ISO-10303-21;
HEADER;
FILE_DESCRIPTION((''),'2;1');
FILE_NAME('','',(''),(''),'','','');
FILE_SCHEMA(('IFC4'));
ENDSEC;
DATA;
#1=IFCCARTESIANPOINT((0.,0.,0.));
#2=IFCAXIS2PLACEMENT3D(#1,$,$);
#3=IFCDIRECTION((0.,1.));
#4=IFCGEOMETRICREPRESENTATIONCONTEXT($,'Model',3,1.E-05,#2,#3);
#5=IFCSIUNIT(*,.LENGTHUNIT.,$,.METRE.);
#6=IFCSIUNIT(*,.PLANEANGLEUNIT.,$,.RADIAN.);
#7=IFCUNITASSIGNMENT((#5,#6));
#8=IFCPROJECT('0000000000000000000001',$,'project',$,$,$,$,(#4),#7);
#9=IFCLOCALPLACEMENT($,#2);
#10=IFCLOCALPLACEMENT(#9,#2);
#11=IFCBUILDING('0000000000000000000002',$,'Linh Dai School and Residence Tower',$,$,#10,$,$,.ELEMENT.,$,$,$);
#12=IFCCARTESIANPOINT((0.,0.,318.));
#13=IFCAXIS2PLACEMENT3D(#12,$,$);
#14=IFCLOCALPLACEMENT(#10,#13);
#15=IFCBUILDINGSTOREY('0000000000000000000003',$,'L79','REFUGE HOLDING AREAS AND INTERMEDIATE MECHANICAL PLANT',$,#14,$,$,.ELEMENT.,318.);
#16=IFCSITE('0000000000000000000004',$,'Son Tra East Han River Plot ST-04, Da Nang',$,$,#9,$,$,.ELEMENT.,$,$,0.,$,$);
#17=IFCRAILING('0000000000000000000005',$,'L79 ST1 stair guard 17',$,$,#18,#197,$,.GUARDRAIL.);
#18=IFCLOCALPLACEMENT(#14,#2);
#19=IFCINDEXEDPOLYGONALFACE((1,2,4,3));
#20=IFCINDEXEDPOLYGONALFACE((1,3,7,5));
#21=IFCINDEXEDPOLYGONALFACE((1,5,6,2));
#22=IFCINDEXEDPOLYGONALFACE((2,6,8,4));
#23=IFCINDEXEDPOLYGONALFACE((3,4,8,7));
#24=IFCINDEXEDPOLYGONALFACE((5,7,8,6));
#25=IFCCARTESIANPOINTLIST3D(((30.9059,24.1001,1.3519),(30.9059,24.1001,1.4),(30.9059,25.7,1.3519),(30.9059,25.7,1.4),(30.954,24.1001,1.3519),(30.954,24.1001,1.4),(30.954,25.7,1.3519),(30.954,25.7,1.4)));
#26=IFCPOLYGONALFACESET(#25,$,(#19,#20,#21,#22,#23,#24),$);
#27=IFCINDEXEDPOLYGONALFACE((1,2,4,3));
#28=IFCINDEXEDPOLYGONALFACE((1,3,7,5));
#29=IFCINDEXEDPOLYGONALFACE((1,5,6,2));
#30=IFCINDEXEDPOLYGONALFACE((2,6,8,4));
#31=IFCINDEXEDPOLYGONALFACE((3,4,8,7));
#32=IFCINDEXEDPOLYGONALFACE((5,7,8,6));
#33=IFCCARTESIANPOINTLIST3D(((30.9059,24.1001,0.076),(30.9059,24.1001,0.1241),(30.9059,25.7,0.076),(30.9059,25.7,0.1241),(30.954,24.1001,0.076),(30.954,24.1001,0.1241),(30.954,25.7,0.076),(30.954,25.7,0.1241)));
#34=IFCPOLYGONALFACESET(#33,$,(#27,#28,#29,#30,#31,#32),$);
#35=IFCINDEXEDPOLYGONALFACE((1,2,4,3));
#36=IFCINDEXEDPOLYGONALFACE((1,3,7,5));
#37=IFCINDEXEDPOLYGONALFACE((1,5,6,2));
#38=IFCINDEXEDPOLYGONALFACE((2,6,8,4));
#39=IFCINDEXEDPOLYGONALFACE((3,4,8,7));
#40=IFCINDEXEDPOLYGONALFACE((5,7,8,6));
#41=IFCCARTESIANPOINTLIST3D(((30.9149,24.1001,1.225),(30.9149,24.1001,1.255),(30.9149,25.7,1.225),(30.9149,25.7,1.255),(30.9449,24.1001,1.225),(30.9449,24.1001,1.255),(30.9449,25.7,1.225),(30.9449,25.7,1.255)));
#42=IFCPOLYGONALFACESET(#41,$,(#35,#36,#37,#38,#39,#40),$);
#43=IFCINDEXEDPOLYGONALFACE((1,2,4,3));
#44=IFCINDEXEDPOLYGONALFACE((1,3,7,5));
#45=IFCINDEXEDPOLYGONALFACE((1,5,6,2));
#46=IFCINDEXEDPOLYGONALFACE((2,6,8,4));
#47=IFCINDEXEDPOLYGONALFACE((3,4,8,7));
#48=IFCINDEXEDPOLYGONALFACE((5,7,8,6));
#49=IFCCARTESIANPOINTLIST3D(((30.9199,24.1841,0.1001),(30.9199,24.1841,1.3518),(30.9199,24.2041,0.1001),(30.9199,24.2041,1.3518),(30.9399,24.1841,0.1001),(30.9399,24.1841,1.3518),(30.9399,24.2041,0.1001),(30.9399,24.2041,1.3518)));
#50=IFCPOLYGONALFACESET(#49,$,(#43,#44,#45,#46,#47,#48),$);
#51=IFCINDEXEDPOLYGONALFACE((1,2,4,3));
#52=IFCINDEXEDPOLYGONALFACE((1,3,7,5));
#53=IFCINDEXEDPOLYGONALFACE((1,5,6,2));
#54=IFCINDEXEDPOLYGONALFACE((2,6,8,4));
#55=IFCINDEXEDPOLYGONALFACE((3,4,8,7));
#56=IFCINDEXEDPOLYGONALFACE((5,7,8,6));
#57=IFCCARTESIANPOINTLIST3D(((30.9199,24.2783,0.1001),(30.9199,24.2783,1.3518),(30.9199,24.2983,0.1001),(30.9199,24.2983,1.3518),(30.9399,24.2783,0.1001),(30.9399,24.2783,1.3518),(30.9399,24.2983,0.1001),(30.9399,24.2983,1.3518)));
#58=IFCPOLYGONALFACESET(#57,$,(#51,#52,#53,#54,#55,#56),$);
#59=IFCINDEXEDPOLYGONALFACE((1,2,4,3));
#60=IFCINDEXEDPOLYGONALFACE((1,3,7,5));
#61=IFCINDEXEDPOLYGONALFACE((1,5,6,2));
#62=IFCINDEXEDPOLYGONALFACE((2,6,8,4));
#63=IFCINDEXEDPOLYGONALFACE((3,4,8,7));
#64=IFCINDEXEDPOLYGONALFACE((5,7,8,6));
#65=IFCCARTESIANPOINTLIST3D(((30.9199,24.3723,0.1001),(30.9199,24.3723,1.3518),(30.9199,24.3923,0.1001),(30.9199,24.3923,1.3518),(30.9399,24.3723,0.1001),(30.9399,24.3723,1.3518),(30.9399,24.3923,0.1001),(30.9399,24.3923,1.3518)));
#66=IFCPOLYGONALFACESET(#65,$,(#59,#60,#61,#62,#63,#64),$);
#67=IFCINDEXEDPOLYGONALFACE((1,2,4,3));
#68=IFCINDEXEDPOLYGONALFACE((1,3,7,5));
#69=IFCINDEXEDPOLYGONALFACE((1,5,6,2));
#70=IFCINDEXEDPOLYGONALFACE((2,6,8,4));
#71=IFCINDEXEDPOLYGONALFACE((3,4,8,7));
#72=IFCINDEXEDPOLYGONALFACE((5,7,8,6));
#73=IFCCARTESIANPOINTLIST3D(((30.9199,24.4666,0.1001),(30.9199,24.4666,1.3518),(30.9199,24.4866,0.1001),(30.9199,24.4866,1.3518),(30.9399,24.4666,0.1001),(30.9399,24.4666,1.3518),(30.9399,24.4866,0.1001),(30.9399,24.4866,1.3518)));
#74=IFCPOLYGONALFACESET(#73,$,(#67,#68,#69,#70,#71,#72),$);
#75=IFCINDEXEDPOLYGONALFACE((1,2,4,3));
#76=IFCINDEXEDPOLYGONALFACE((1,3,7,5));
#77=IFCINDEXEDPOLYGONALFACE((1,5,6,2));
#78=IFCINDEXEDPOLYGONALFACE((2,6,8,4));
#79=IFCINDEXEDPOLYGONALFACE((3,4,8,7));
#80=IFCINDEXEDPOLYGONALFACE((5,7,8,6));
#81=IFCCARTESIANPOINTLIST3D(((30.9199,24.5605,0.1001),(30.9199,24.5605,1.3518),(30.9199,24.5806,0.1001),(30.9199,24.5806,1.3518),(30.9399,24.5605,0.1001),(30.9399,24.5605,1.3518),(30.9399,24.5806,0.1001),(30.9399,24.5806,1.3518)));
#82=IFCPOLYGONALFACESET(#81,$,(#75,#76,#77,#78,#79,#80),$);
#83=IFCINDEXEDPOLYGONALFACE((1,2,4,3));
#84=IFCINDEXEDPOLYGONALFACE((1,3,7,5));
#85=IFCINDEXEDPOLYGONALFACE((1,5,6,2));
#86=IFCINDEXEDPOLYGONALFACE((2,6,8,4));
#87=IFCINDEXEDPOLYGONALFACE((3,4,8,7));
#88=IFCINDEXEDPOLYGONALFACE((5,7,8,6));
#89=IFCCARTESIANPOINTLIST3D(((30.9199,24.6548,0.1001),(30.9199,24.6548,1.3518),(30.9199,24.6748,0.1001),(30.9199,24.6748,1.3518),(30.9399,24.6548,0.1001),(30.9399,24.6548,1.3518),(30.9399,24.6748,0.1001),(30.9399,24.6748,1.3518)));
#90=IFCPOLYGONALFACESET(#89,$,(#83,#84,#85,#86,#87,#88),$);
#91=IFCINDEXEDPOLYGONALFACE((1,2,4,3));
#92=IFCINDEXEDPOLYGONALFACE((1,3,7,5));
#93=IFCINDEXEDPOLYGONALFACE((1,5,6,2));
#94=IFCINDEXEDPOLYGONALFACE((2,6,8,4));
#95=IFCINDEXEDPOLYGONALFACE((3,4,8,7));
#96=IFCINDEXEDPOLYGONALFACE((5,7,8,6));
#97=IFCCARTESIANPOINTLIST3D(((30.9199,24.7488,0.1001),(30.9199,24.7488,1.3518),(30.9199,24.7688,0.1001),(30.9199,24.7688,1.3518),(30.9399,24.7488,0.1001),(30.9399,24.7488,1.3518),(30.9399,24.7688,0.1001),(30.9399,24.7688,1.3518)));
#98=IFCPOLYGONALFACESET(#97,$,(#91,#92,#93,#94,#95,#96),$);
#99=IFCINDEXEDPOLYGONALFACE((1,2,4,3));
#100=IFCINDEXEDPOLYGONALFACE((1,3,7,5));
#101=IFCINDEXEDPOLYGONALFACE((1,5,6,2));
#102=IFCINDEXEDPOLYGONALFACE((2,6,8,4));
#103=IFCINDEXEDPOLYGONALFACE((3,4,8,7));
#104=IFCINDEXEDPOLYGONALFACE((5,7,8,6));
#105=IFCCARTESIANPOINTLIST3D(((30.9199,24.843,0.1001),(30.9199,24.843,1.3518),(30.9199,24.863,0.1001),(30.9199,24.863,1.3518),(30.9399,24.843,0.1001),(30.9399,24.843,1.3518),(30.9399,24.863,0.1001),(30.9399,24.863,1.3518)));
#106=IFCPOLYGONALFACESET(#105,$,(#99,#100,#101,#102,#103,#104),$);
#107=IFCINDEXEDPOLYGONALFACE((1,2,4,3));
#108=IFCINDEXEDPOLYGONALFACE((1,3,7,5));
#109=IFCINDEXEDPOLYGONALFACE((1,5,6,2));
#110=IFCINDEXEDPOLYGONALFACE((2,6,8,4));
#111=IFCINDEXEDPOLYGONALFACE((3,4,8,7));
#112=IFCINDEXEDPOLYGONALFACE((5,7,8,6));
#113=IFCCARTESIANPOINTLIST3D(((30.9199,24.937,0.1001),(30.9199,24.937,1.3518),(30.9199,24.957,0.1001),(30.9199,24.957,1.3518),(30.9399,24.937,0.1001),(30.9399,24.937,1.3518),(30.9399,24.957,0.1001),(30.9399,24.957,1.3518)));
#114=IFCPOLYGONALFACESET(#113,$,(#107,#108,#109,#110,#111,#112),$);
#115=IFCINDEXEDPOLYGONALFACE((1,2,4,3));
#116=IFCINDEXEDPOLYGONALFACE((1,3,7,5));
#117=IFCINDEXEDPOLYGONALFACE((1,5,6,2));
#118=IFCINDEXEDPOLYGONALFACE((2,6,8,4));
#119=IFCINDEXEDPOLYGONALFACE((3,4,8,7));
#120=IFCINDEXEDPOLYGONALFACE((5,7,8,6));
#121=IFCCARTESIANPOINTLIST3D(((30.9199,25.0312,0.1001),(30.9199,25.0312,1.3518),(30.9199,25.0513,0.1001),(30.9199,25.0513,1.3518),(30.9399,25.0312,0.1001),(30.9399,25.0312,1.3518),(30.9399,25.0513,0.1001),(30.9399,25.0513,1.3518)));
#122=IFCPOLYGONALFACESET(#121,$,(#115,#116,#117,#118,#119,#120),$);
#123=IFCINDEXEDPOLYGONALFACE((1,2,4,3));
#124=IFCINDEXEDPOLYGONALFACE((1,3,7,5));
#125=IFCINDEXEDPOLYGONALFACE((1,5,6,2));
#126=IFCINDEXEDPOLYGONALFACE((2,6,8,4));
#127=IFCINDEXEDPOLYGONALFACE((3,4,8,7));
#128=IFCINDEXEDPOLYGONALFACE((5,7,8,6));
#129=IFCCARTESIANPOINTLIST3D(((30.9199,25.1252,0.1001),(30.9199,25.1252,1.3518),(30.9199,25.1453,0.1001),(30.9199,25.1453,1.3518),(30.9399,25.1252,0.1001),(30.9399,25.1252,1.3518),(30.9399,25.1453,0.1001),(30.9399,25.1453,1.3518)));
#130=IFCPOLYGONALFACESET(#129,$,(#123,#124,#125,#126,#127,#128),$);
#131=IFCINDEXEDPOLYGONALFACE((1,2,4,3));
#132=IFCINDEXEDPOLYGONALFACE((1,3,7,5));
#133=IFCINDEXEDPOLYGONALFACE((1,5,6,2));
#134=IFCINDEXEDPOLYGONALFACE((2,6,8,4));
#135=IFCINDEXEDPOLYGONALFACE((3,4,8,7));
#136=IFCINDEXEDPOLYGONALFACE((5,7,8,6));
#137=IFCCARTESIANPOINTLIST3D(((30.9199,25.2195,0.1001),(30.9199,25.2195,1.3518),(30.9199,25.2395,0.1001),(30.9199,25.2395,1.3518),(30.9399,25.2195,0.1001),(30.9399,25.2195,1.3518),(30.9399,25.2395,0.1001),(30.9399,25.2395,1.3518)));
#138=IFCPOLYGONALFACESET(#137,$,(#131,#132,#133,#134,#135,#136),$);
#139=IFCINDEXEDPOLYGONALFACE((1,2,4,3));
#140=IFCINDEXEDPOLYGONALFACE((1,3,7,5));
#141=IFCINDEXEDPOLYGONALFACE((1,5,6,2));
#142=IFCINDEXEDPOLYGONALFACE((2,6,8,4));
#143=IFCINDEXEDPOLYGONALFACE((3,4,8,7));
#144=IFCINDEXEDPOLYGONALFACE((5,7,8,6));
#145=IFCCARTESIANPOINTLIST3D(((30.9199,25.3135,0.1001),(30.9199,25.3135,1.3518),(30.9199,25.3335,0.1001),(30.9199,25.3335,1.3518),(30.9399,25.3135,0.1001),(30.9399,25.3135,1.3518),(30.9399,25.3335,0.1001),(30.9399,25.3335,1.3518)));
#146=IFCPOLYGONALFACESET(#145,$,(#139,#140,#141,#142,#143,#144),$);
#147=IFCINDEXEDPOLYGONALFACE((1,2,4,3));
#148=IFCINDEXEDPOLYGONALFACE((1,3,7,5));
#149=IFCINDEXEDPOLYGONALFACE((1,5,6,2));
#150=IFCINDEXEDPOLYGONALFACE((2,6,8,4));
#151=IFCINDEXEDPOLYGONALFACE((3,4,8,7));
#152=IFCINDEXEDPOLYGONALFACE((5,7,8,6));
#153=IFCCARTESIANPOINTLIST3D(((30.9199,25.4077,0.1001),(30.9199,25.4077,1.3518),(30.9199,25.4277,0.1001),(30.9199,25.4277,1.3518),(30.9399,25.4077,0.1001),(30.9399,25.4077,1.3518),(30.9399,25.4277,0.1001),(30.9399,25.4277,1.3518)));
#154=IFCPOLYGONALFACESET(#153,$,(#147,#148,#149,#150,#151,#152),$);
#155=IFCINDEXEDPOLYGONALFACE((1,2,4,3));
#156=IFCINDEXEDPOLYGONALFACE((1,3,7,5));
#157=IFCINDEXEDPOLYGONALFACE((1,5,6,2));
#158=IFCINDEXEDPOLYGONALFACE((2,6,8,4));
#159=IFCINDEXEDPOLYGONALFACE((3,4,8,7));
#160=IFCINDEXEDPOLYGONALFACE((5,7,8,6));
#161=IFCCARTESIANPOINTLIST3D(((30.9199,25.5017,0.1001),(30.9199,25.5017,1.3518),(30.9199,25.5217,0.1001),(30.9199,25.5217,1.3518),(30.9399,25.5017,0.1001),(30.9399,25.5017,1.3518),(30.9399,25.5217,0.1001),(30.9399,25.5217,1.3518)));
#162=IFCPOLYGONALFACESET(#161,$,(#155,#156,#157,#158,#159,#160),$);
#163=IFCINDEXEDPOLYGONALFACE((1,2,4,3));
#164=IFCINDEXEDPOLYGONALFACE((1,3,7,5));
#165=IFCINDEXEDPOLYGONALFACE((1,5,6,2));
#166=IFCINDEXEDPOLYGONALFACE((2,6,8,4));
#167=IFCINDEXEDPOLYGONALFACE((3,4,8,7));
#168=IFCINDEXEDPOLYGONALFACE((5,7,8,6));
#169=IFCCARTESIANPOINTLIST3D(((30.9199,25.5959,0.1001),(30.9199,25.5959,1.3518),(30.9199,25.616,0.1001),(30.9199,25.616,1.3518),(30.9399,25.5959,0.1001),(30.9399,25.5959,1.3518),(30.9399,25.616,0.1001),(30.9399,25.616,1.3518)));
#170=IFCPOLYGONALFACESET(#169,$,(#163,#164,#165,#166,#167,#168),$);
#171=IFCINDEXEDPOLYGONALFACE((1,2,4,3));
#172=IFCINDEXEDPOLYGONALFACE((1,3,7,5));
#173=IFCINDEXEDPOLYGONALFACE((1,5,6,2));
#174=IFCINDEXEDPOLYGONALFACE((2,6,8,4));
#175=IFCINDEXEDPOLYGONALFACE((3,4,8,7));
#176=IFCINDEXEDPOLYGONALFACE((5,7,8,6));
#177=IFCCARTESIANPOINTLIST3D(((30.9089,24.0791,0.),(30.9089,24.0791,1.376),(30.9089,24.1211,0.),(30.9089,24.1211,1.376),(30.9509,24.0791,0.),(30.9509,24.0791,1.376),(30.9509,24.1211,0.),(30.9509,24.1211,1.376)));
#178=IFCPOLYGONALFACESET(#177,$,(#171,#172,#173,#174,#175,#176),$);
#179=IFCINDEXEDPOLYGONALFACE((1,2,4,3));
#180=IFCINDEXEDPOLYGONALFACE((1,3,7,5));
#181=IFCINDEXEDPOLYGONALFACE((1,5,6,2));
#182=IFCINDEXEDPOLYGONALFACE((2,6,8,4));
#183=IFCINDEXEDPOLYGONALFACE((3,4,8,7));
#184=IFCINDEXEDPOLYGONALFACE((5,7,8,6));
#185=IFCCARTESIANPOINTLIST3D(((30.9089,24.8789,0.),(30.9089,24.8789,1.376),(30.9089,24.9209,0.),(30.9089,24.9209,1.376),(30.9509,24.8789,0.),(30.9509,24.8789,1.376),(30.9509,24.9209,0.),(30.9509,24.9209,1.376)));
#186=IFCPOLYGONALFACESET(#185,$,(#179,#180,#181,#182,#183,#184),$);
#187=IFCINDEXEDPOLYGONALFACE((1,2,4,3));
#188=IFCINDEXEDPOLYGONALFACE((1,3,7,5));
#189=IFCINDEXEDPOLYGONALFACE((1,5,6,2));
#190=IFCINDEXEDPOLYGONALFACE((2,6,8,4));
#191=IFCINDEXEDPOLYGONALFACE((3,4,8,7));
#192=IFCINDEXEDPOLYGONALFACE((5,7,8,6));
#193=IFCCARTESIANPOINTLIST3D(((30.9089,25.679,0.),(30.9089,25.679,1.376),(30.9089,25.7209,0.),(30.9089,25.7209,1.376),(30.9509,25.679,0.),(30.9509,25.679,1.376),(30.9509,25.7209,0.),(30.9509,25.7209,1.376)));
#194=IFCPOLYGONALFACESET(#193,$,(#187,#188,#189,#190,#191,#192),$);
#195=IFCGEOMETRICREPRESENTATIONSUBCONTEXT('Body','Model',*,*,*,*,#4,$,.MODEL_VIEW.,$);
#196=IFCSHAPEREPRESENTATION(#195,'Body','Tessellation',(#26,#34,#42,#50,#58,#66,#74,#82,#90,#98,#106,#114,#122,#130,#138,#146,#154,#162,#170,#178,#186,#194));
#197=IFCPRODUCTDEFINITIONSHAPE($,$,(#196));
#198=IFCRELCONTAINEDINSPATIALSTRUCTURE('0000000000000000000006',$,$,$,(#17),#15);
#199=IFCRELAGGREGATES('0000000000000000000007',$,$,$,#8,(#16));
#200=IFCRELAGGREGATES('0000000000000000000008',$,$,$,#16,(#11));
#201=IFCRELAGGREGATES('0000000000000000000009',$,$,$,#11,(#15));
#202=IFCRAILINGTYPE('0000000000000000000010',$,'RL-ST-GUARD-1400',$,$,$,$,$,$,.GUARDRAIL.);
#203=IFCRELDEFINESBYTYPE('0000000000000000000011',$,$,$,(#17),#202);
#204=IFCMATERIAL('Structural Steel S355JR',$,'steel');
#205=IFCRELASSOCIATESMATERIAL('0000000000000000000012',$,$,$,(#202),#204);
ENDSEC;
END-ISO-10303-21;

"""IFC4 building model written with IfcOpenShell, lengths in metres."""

from ifc_helpers import new_model, si_unit, direction, frame, origin, origin_2d, place, context, subcontext, project, spatial, rectangle, extrude, source, transform, mapped, material, type_object, element, save


model = new_model("IFC4")

# Units and contexts
model_context = context("Model", 3, precision=1e-05, world=origin(), true_north=direction((0.0, 1.0)))
body_context = subcontext(model_context, "Body", "Model", "MODEL_VIEW")
ifc_project = project(units=[si_unit("LENGTHUNIT", "METRE"), si_unit("PLANEANGLEUNIT", "RADIAN")], contexts=[model_context])

# Site, building, storey
site_placement = place(None, origin())
site = spatial("IfcSite", under=ifc_project, at=site_placement, Name="Son Tra East Han River Plot ST-04, Da Nang", CompositionType="ELEMENT", RefElevation=0.0)
building_placement = place(site_placement, origin())
building = spatial("IfcBuilding", under=site, at=building_placement, Name="Linh Dai School and Residence Tower", CompositionType="ELEMENT")
storey_placement = place(building_placement, frame((0.0, 0.0, 318.0)))
storey = spatial("IfcBuildingStorey", under=building, at=storey_placement, Name="L79", Description="REFUGE HOLDING AREAS AND INTERMEDIATE MECHANICAL PLANT", CompositionType="ELEMENT", Elevation=318.0)

# Shared definitions
ifc_material_1 = material(Name="Structural Steel S355JR", Category="steel")

# Railing
railing_type_1 = type_object("IfcRailingType", Name="RL-ST-GUARD-1400", PredefinedType="GUARDRAIL", material=ifc_material_1)
shared_shape_1 = source(origin(), body_context, "Body", "SweptSolid", [
    extrude(rectangle(XDim=0.0481, YDim=0.0481, at=origin_2d()), frame((0.0, 0.0, 1.376), z_axis=(0.0, 1.0, 0.0), x_axis=(-1.0, 0.0, 0.0)), (0.0, 0.0, 1.0), 1.5999),
    extrude(rectangle(XDim=0.0481, YDim=0.0481, at=origin_2d()), frame((0.0, 0.0, 0.1001), z_axis=(0.0, 1.0, 0.0), x_axis=(-1.0, 0.0, 0.0)), (0.0, 0.0, 1.0), 1.5999),
    extrude(rectangle(XDim=0.03, YDim=0.03, at=origin_2d()), frame((0.0, 0.0, 1.24), z_axis=(0.0, 1.0, 0.0), x_axis=(-1.0, 0.0, 0.0)), (0.0, 0.0, 1.0), 1.5999),
    extrude(rectangle(XDim=0.02, YDim=0.02, at=origin_2d()), frame((0.0, 0.094, 0.1001)), (0.0, 0.0, 1.0), 1.2517),
    extrude(rectangle(XDim=0.02, YDim=0.02, at=origin_2d()), frame((0.0, 0.1882, 0.1001)), (0.0, 0.0, 1.0), 1.2517),
    extrude(rectangle(XDim=0.02, YDim=0.02, at=origin_2d()), frame((0.0, 0.2822, 0.1001)), (0.0, 0.0, 1.0), 1.2517),
    extrude(rectangle(XDim=0.02, YDim=0.02, at=origin_2d()), frame((0.0, 0.3765, 0.1001)), (0.0, 0.0, 1.0), 1.2517),
    extrude(rectangle(XDim=0.02, YDim=0.02, at=origin_2d()), frame((0.0, 0.4705, 0.1001)), (0.0, 0.0, 1.0), 1.2517),
    extrude(rectangle(XDim=0.02, YDim=0.02, at=origin_2d()), frame((0.0, 0.5647, 0.1001)), (0.0, 0.0, 1.0), 1.2517),
    extrude(rectangle(XDim=0.02, YDim=0.02, at=origin_2d()), frame((0.0, 0.6587, 0.1001)), (0.0, 0.0, 1.0), 1.2517),
    extrude(rectangle(XDim=0.02, YDim=0.02, at=origin_2d()), frame((0.0, 0.7529, 0.1001)), (0.0, 0.0, 1.0), 1.2517),
    extrude(rectangle(XDim=0.02, YDim=0.02, at=origin_2d()), frame((0.0, 0.8469, 0.1001)), (0.0, 0.0, 1.0), 1.2517),
    extrude(rectangle(XDim=0.02, YDim=0.02, at=origin_2d()), frame((0.0, 0.9412, 0.1001)), (0.0, 0.0, 1.0), 1.2517),
    extrude(rectangle(XDim=0.02, YDim=0.02, at=origin_2d()), frame((0.0, 1.0352, 0.1001)), (0.0, 0.0, 1.0), 1.2517),
    extrude(rectangle(XDim=0.02, YDim=0.02, at=origin_2d()), frame((0.0, 1.1294, 0.1001)), (0.0, 0.0, 1.0), 1.2517),
    extrude(rectangle(XDim=0.02, YDim=0.02, at=origin_2d()), frame((0.0, 1.2234, 0.1001)), (0.0, 0.0, 1.0), 1.2517),
    extrude(rectangle(XDim=0.02, YDim=0.02, at=origin_2d()), frame((0.0, 1.3176, 0.1001)), (0.0, 0.0, 1.0), 1.2517),
    extrude(rectangle(XDim=0.02, YDim=0.02, at=origin_2d()), frame((0.0, 1.4116, 0.1001)), (0.0, 0.0, 1.0), 1.2517),
    extrude(rectangle(XDim=0.02, YDim=0.02, at=origin_2d()), frame((0.0, 1.5059, 0.1001)), (0.0, 0.0, 1.0), 1.2517),
    extrude(rectangle(XDim=0.042, YDim=0.042, at=origin_2d()), origin(), (0.0, 0.0, 1.0), 1.376),
    extrude(rectangle(XDim=0.042, YDim=0.042, at=origin_2d()), frame((0.0, 0.7998, 0.0)), (0.0, 0.0, 1.0), 1.376),
    extrude(rectangle(XDim=0.042, YDim=0.042, at=origin_2d()), frame((0.0, 1.5999, 0.0)), (0.0, 0.0, 1.0), 1.376),
])
for number, where, name in (
    (1, (30.9299, 24.1001, 0.0), "L79 ST1 stair guard 17"),
):
    element("IfcRailing", number, at=place(storey_placement, frame(where)), inside=storey, type_object=railing_type_1, Name=name, PredefinedType="GUARDRAIL", context=body_context, shape_type="MappedRepresentation", body=[
        mapped(shared_shape_1, transform((0.0, 0.0, 0.0), x_axis=(1.0, 0.0, 0.0), y_axis=(0.0, 1.0, 0.0), z_axis=(0.0, 0.0, 1.0), scale=1.0)),
    ])

save(model, "model.ifc")
